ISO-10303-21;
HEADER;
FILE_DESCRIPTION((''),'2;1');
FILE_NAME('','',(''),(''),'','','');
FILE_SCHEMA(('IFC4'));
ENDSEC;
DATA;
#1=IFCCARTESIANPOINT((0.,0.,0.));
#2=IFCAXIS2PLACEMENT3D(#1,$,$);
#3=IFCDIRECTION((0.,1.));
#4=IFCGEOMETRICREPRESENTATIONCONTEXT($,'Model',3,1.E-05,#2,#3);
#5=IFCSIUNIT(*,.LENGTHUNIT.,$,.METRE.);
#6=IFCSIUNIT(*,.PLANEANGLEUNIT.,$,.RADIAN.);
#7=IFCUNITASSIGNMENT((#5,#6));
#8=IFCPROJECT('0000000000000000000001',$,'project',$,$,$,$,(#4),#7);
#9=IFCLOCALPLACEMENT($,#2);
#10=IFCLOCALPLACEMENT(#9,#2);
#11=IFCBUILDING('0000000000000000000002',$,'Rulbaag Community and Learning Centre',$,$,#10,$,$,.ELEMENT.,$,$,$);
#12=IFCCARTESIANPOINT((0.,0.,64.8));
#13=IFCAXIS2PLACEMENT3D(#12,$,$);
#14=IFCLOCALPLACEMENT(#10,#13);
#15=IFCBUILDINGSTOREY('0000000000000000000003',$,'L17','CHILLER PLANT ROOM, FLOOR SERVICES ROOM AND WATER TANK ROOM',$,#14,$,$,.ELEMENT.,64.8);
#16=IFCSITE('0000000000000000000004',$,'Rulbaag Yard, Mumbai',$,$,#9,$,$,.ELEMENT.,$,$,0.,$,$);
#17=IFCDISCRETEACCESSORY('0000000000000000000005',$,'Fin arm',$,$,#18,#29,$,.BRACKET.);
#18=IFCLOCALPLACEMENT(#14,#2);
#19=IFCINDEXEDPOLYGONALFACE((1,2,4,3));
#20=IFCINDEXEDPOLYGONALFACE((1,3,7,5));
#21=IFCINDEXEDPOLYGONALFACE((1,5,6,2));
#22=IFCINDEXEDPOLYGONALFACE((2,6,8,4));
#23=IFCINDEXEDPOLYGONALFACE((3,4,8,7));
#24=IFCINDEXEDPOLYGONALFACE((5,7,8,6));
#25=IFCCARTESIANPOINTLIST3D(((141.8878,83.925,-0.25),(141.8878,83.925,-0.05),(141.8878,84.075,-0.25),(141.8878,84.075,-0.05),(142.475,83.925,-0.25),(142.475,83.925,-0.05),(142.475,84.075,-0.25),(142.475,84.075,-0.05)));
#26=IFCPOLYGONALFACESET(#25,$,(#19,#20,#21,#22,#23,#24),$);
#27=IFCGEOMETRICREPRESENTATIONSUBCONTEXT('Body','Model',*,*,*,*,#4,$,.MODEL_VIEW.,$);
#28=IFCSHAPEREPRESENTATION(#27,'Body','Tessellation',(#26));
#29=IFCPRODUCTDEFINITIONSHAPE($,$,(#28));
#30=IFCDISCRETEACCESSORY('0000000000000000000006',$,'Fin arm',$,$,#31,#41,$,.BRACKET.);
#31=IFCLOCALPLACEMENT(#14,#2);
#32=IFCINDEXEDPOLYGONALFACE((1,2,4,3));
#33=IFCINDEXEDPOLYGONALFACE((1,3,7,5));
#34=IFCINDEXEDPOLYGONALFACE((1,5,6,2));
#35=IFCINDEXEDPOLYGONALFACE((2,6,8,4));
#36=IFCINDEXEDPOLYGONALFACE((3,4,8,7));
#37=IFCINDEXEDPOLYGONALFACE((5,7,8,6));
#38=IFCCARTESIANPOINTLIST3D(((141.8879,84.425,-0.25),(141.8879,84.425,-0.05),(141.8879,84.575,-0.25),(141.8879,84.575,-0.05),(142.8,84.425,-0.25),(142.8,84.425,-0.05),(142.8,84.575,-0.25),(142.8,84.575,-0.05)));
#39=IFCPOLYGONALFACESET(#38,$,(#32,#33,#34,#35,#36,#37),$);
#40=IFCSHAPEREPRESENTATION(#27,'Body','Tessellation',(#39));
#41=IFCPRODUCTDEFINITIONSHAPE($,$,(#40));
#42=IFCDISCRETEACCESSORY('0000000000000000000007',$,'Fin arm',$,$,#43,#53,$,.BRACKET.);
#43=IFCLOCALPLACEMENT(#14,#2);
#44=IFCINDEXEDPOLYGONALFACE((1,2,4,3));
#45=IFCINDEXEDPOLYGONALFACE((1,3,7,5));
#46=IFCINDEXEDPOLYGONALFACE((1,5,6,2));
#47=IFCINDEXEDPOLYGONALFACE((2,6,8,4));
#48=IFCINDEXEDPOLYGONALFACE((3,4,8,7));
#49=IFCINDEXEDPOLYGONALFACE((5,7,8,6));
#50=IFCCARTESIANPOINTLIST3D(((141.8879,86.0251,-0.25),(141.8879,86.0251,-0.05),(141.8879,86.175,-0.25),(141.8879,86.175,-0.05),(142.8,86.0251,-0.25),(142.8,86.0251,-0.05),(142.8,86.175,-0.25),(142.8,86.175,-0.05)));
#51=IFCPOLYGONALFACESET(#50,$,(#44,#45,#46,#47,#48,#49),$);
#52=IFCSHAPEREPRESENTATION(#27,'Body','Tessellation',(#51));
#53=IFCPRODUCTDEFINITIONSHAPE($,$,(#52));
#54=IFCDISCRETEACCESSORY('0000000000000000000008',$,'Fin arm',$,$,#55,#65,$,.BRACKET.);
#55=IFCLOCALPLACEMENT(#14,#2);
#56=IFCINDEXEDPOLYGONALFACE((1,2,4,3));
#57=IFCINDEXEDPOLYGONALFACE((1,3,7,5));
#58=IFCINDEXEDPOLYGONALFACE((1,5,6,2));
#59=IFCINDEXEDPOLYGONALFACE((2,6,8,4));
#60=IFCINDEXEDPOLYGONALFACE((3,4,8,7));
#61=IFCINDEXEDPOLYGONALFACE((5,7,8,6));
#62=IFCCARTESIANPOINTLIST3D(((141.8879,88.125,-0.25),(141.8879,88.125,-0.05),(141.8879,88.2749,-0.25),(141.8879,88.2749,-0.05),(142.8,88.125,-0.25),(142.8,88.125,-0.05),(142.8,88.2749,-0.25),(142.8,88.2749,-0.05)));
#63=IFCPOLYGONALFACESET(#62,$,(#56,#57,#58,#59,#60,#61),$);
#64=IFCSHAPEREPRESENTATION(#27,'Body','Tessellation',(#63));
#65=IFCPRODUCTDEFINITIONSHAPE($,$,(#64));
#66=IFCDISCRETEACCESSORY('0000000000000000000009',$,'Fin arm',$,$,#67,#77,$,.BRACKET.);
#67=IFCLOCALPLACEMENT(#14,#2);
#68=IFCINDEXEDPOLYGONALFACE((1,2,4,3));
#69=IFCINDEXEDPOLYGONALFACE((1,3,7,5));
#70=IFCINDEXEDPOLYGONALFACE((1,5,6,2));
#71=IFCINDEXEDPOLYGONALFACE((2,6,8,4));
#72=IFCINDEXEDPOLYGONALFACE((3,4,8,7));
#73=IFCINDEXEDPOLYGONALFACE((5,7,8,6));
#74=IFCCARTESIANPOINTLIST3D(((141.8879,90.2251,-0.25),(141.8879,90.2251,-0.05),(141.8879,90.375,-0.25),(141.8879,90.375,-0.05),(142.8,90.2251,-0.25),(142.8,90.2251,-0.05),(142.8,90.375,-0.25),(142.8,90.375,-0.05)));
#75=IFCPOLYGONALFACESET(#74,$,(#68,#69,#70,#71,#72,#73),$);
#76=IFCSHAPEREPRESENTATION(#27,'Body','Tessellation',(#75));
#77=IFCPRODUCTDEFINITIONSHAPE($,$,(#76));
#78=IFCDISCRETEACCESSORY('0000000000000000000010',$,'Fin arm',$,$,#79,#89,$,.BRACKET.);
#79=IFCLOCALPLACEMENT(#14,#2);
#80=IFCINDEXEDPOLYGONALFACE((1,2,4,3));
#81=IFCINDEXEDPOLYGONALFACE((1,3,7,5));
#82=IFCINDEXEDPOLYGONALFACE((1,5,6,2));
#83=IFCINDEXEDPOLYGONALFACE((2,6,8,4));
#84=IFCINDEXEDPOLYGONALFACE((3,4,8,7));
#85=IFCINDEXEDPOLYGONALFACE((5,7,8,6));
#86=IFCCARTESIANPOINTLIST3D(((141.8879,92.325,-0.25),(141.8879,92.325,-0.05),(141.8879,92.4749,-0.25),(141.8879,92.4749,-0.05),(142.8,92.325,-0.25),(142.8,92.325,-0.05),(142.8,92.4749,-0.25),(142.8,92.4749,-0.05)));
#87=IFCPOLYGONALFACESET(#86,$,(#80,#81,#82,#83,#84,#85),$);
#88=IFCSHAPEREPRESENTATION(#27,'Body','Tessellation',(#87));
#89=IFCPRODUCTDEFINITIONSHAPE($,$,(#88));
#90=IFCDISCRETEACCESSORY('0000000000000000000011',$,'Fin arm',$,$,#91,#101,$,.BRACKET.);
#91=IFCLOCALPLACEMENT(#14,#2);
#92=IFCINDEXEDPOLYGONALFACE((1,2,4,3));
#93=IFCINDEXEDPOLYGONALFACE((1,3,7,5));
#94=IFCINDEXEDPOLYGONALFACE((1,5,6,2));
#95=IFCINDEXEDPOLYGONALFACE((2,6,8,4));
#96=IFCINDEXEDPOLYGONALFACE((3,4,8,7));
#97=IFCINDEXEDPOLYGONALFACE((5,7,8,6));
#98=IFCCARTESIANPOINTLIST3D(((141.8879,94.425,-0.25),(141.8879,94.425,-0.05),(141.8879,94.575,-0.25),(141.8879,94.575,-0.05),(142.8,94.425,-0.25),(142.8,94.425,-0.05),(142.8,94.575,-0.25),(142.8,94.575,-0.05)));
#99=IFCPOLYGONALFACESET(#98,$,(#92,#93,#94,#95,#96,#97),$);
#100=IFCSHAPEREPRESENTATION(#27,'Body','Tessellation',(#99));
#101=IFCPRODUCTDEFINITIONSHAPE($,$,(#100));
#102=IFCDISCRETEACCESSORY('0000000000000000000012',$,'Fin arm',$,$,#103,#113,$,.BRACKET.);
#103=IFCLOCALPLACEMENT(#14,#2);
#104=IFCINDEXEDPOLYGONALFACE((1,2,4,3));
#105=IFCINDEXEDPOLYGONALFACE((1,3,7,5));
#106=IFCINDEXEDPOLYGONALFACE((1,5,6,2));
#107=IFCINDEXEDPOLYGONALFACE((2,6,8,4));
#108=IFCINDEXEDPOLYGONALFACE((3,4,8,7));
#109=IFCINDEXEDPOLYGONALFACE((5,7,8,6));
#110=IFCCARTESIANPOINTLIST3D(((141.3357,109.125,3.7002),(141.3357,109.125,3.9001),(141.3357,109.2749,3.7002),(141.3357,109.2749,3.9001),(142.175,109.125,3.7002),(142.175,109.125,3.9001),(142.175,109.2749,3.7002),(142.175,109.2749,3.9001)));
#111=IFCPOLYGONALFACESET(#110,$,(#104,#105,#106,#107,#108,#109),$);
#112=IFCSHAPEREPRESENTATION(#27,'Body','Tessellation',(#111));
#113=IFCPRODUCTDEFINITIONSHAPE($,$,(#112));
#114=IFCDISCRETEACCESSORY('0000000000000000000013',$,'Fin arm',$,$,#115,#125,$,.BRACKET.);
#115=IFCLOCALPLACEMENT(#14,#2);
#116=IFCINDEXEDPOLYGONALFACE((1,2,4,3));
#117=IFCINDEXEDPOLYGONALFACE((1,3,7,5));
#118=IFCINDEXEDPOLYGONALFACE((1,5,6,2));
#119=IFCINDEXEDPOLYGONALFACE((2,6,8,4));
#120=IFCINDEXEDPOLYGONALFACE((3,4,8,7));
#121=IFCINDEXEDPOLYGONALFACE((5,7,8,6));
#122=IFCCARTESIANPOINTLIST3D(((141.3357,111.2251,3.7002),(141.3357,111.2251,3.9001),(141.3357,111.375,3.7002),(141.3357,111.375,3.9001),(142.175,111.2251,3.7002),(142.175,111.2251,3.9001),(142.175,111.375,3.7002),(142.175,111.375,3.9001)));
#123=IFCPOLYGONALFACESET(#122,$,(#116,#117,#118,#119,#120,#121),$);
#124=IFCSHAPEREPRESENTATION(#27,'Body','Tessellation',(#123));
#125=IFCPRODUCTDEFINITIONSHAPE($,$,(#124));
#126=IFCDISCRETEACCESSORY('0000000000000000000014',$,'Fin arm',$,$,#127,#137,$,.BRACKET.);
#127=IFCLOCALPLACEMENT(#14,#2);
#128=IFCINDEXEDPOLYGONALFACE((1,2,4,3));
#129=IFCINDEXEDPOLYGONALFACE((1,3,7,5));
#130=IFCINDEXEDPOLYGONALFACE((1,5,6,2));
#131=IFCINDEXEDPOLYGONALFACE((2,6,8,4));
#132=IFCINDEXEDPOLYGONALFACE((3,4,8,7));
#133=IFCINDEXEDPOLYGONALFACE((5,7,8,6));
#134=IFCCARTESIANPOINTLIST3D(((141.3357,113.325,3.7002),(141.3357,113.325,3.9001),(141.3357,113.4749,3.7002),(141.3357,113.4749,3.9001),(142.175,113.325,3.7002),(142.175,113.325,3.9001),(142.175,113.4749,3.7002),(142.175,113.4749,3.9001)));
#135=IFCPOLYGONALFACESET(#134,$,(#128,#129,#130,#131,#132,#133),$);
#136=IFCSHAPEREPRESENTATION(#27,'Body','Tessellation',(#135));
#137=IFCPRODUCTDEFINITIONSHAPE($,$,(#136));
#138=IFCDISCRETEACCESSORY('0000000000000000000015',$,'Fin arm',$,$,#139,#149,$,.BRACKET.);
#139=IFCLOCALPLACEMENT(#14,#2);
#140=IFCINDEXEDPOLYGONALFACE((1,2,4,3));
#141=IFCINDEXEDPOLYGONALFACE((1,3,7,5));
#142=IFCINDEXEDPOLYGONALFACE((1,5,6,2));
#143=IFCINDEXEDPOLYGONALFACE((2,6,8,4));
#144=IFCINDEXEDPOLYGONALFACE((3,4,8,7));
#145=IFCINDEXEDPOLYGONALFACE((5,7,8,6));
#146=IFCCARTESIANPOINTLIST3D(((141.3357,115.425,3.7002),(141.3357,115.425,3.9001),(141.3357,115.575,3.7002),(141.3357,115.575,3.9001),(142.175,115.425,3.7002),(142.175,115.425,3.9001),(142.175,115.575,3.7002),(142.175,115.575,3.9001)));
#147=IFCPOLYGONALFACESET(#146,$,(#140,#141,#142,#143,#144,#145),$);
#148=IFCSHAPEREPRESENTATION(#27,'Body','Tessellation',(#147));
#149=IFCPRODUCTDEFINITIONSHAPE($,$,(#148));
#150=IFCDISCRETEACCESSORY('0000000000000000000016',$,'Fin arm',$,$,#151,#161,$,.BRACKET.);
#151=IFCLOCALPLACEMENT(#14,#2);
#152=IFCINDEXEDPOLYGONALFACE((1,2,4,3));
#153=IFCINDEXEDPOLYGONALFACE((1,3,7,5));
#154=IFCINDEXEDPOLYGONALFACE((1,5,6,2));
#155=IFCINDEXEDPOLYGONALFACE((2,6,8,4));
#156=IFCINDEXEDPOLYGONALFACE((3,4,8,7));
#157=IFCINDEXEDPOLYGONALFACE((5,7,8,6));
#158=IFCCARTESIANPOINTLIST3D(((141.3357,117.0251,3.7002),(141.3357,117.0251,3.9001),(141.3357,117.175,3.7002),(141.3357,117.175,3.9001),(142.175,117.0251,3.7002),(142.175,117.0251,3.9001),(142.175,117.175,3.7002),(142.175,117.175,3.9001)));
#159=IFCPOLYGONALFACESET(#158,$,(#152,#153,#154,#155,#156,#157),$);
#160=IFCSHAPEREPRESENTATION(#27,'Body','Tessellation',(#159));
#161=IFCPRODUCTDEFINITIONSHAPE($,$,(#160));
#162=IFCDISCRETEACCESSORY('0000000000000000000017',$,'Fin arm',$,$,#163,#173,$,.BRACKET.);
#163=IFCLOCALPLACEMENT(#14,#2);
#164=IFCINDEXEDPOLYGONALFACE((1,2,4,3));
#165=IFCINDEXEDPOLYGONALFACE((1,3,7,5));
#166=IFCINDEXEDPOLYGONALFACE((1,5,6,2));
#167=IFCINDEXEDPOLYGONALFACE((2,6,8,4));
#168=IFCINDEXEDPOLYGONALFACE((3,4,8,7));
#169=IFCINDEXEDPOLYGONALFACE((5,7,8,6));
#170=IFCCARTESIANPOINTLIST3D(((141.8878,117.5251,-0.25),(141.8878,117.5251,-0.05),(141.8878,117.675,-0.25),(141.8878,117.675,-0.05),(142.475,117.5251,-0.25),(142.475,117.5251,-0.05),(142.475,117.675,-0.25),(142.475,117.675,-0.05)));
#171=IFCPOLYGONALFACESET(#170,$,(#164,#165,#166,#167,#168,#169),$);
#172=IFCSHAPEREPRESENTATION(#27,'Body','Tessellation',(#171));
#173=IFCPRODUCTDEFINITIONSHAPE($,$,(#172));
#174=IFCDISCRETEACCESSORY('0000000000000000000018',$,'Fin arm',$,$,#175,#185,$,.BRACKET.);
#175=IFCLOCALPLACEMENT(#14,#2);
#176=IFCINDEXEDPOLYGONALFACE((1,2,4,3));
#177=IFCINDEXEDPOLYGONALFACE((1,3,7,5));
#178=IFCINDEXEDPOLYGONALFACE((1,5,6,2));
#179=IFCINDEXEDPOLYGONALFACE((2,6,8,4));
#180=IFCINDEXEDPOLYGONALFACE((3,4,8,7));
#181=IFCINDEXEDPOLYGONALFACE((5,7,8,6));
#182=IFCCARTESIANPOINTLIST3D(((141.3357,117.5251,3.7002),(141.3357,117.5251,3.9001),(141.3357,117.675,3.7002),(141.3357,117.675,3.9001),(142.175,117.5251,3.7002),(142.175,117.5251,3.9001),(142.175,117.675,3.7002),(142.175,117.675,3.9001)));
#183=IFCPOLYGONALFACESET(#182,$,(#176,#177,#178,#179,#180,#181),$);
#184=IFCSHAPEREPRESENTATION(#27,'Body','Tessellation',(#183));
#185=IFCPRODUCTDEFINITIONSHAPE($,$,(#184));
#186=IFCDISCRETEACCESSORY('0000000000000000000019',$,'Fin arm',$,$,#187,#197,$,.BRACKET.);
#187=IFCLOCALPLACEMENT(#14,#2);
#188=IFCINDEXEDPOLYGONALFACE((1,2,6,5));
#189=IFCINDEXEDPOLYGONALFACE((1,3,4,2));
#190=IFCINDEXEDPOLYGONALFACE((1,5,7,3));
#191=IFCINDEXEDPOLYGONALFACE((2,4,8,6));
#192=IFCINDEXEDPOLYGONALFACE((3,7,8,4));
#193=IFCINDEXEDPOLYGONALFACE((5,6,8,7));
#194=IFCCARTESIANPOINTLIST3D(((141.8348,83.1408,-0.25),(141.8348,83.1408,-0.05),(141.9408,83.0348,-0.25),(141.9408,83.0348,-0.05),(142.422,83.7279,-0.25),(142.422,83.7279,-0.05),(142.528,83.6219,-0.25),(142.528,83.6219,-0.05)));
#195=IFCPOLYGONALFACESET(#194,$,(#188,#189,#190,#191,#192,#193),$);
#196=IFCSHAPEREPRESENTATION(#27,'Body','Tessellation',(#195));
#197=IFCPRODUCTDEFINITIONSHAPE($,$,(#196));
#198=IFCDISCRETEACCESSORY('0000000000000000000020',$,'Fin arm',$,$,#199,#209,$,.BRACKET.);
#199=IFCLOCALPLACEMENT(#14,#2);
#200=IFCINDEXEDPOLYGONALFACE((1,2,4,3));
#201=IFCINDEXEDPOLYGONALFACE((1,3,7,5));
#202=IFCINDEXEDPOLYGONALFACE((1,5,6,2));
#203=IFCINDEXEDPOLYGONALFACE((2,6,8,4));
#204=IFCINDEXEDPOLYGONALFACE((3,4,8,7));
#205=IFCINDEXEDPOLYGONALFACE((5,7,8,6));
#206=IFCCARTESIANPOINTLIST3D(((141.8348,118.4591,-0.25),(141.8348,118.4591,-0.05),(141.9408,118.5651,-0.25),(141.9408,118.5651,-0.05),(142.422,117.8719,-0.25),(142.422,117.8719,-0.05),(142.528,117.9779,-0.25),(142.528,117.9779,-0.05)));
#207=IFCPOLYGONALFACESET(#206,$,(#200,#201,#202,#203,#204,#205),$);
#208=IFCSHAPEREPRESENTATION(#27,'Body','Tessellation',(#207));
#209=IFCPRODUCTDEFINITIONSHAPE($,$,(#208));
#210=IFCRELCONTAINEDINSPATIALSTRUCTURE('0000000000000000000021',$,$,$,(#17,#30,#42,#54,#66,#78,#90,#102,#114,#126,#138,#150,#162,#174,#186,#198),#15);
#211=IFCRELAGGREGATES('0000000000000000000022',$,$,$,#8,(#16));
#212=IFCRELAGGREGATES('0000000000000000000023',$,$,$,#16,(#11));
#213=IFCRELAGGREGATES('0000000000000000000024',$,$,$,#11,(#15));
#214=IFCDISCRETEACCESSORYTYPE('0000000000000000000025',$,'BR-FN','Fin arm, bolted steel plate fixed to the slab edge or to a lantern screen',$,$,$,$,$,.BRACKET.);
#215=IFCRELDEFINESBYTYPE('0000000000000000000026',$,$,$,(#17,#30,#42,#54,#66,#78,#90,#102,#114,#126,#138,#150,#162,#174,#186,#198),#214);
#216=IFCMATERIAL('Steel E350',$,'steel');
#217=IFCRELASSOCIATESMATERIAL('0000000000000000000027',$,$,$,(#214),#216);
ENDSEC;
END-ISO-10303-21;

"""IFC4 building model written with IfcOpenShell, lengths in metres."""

from ifc_helpers import new_model, si_unit, direction, frame, origin, origin_2d, place, context, subcontext, project, spatial, rectangle, extrude, material, type_object, element, save


model = new_model("IFC4")

# Units and contexts
model_context = context("Model", 3, precision=1e-05, world=origin(), true_north=direction((0.0, 1.0)))
body_context = subcontext(model_context, "Body", "Model", "MODEL_VIEW")
ifc_project = project(units=[si_unit("LENGTHUNIT", "METRE"), si_unit("PLANEANGLEUNIT", "RADIAN")], contexts=[model_context])

# Site, building, storey
site_placement = place(None, origin())
site = spatial("IfcSite", under=ifc_project, at=site_placement, Name="Rulbaag Yard, Mumbai", CompositionType="ELEMENT", RefElevation=0.0)
building_placement = place(site_placement, origin())
building = spatial("IfcBuilding", under=site, at=building_placement, Name="Rulbaag Community and Learning Centre", CompositionType="ELEMENT")
storey_placement = place(building_placement, frame((0.0, 0.0, 64.8)))
storey = spatial("IfcBuildingStorey", under=building, at=storey_placement, Name="L17", Description="CHILLER PLANT ROOM, FLOOR SERVICES ROOM AND WATER TANK ROOM", CompositionType="ELEMENT", Elevation=64.8)

# Discrete accessories
ifc_material_1 = material(Name="Steel E350", Category="steel")
discrete_accessory_type = type_object("IfcDiscreteAccessoryType", Name="BR-FN", Description="Fin arm, bolted steel plate fixed to the slab edge or to a lantern screen", PredefinedType="BRACKET", material=ifc_material_1)
discrete_accessory_1_placement = place(storey_placement, frame((142.1814, 84.0, -0.25), z_axis=(0.0, 0.0, 1.0), x_axis=(1.0, 0.0, 0.0)))
element("IfcDiscreteAccessory", 1, at=discrete_accessory_1_placement, inside=storey, type_object=discrete_accessory_type, Name="Fin arm", PredefinedType="BRACKET", context=body_context, shape_type="SweptSolid", body=[
    extrude(rectangle(XDim=0.5872, YDim=0.1499, at=origin_2d()), origin(), (0.0, 0.0, 1.0), 0.2),
])
for number, where, z_axis, x_axis, name in (
    (2, (142.344, 84.5, -0.25), (0.0, 0.0, 1.0), (1.0, 0.0, 0.0), "Fin arm"),
    (3, (142.344, 86.1001, -0.25), (0.0, 0.0, 1.0), (1.0, 0.0, 0.0), "Fin arm"),
    (4, (142.344, 88.2, -0.25), (0.0, 0.0, 1.0), (1.0, 0.0, 0.0), "Fin arm"),
    (5, (142.344, 90.3, -0.25), (0.0, 0.0, 1.0), (1.0, 0.0, 0.0), "Fin arm"),
    (6, (142.344, 92.3999, -0.25), (0.0, 0.0, 1.0), (1.0, 0.0, 0.0), "Fin arm"),
    (7, (142.344, 94.5, -0.25), (0.0, 0.0, 1.0), (1.0, 0.0, 0.0), "Fin arm"),
):
    element("IfcDiscreteAccessory", number, at=place(storey_placement, frame(where, z_axis=z_axis, x_axis=x_axis)), inside=storey, type_object=discrete_accessory_type, Name=name, PredefinedType="BRACKET", context=body_context, shape_type="SweptSolid", body=[
        extrude(rectangle(XDim=0.9121, YDim=0.1499, at=origin_2d()), origin(), (0.0, 0.0, 1.0), 0.2),
    ])
for number, where, z_axis, x_axis, name in (
    (8, (141.7554, 109.2, 3.7002), (0.0, 0.0, 1.0), (1.0, 0.0, 0.0), "Fin arm"),
    (9, (141.7554, 111.3, 3.7002), (0.0, 0.0, 1.0), (1.0, 0.0, 0.0), "Fin arm"),
    (10, (141.7554, 113.3999, 3.7002), (0.0, 0.0, 1.0), (1.0, 0.0, 0.0), "Fin arm"),
    (11, (141.7554, 115.5, 3.7002), (0.0, 0.0, 1.0), (1.0, 0.0, 0.0), "Fin arm"),
    (12, (141.7554, 117.1001, 3.7002), (0.0, 0.0, 1.0), (1.0, 0.0, 0.0), "Fin arm"),
):
    element("IfcDiscreteAccessory", number, at=place(storey_placement, frame(where, z_axis=z_axis, x_axis=x_axis)), inside=storey, type_object=discrete_accessory_type, Name=name, PredefinedType="BRACKET", context=body_context, shape_type="SweptSolid", body=[
        extrude(rectangle(XDim=0.8394, YDim=0.1499, at=origin_2d()), origin(), (0.0, 0.0, 1.0), 0.2),
    ])
discrete_accessory_2_placement = place(storey_placement, frame((142.1814, 117.6001, -0.25), z_axis=(0.0, 0.0, 1.0), x_axis=(1.0, 0.0, 0.0)))
element("IfcDiscreteAccessory", 13, at=discrete_accessory_2_placement, inside=storey, type_object=discrete_accessory_type, Name="Fin arm", PredefinedType="BRACKET", context=body_context, shape_type="SweptSolid", body=[
    extrude(rectangle(XDim=0.5872, YDim=0.1499, at=origin_2d()), origin(), (0.0, 0.0, 1.0), 0.2),
])
discrete_accessory_3_placement = place(storey_placement, frame((141.7554, 117.6001, 3.7002), z_axis=(0.0, 0.0, 1.0), x_axis=(1.0, 0.0, 0.0)))
element("IfcDiscreteAccessory", 14, at=discrete_accessory_3_placement, inside=storey, type_object=discrete_accessory_type, Name="Fin arm", PredefinedType="BRACKET", context=body_context, shape_type="SweptSolid", body=[
    extrude(rectangle(XDim=0.8394, YDim=0.1499, at=origin_2d()), origin(), (0.0, 0.0, 1.0), 0.2),
])
for number, where, z_axis, x_axis, name in (
    (15, (142.1814, 83.3813, -0.25), (0.0, 0.0, 1.0), (0.707107, 0.707107, 0.0), "Fin arm"),
    (16, (142.1814, 118.2185, -0.25), (0.0, 0.0, 1.0), (-0.707107, 0.707107, 0.0), "Fin arm"),
):
    element("IfcDiscreteAccessory", number, at=place(storey_placement, frame(where, z_axis=z_axis, x_axis=x_axis)), inside=storey, type_object=discrete_accessory_type, Name=name, PredefinedType="BRACKET", context=body_context, shape_type="SweptSolid", body=[
        extrude(rectangle(XDim=0.8303, YDim=0.1499, at=origin_2d()), origin(), (0.0, 0.0, 1.0), 0.2),
    ])

save(model, "model.ifc")
